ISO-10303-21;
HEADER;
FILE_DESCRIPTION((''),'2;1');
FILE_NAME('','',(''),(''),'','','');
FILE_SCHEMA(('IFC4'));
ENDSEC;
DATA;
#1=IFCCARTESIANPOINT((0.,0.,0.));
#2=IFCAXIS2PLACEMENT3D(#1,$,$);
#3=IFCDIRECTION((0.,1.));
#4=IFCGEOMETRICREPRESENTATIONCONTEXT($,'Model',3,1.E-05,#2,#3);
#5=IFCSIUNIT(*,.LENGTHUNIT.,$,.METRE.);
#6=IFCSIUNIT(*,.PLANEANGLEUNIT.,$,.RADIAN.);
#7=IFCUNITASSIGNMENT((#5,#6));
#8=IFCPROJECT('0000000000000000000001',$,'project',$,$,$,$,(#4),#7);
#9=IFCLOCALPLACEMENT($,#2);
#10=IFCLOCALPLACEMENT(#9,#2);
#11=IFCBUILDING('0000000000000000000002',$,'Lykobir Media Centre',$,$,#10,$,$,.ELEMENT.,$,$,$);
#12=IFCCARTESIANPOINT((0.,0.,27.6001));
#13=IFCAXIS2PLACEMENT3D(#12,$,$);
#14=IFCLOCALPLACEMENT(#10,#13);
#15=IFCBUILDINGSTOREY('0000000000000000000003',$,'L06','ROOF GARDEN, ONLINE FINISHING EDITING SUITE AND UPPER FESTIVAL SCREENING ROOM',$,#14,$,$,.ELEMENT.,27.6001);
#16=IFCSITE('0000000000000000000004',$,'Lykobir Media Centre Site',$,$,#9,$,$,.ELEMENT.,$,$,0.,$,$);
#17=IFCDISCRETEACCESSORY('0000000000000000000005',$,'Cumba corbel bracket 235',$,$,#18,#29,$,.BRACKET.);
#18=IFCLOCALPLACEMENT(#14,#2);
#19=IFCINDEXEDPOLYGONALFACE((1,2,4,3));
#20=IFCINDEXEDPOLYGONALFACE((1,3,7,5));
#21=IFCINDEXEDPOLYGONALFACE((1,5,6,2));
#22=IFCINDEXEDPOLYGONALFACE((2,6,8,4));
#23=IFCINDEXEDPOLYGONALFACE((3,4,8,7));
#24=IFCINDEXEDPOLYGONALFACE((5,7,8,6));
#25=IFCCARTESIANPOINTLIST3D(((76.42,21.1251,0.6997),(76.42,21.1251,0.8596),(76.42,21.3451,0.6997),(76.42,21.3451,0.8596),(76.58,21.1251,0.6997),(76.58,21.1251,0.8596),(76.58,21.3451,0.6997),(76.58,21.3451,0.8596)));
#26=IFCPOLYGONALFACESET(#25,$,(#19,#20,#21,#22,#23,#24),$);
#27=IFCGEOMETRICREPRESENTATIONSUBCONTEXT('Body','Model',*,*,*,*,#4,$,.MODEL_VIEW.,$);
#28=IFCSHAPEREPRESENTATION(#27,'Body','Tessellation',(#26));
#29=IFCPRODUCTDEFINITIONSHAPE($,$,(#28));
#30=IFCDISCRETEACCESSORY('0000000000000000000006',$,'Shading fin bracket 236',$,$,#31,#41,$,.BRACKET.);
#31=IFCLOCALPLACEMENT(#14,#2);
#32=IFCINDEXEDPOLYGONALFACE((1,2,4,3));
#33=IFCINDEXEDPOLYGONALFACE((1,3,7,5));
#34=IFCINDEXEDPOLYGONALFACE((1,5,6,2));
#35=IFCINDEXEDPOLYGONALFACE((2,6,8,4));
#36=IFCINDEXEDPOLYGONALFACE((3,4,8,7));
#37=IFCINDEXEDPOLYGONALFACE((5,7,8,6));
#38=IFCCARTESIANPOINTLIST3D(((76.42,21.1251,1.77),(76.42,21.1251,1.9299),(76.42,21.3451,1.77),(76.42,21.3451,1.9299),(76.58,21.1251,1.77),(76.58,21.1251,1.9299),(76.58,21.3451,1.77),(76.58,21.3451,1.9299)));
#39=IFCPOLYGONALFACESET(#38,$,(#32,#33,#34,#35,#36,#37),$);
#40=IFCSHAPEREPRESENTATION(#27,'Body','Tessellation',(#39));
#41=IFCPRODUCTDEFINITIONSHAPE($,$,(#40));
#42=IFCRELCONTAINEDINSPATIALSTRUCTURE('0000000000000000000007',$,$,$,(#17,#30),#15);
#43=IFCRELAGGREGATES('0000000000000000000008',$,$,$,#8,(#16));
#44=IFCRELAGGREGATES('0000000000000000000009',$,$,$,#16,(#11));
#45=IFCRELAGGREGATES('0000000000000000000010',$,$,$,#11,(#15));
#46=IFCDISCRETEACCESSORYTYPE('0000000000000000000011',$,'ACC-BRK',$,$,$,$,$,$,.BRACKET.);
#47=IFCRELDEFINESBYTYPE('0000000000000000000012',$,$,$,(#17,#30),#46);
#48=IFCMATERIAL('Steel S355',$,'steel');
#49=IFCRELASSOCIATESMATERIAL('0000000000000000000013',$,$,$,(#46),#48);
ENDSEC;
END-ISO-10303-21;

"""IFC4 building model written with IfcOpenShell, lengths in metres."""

from ifc_helpers import new_model, si_unit, direction, frame, origin, origin_2d, place, context, subcontext, project, spatial, rectangle, extrude, material, type_object, element, save


model = new_model("IFC4")

# Units and contexts
model_context = context("Model", 3, precision=1e-05, world=origin(), true_north=direction((0.0, 1.0)))
body_context = subcontext(model_context, "Body", "Model", "MODEL_VIEW")
ifc_project = project(units=[si_unit("LENGTHUNIT", "METRE"), si_unit("PLANEANGLEUNIT", "RADIAN")], contexts=[model_context])

# Site, building, storey
site_placement = place(None, origin())
site = spatial("IfcSite", under=ifc_project, at=site_placement, Name="Lykobir Media Centre Site", CompositionType="ELEMENT", RefElevation=0.0)
building_placement = place(site_placement, origin())
building = spatial("IfcBuilding", under=site, at=building_placement, Name="Lykobir Media Centre", CompositionType="ELEMENT")
storey_placement = place(building_placement, frame((0.0, 0.0, 27.6001)))
storey = spatial("IfcBuildingStorey", under=building, at=storey_placement, Name="L06", Description="ROOF GARDEN, ONLINE FINISHING EDITING SUITE AND UPPER FESTIVAL SCREENING ROOM", CompositionType="ELEMENT", Elevation=27.6001)

# Shared definitions
ifc_material_1 = material(Name="Steel S355", Category="steel")

# Discrete accessories
discrete_accessory_type = type_object("IfcDiscreteAccessoryType", Name="ACC-BRK", PredefinedType="BRACKET", material=ifc_material_1)
for number, where, z_axis, x_axis, name in (
    (1, (76.5, 21.2351, 0.6997), (0.0, 0.0, 1.0), (-1.0, 0.0, 0.0), "Cumba corbel bracket 235"),
    (2, (76.5, 21.2351, 1.77), (0.0, 0.0, 1.0), (-1.0, 0.0, 0.0), "Shading fin bracket 236"),
):
    element("IfcDiscreteAccessory", number, at=place(storey_placement, frame(where, z_axis=z_axis, x_axis=x_axis)), inside=storey, type_object=discrete_accessory_type, Name=name, PredefinedType="BRACKET", context=body_context, shape_type="SweptSolid", body=[
        extrude(rectangle(XDim=0.1599, YDim=0.22, at=origin_2d()), origin(), (0.0, 0.0, 1.0), 0.1599),
    ])

save(model, "model.ifc")
